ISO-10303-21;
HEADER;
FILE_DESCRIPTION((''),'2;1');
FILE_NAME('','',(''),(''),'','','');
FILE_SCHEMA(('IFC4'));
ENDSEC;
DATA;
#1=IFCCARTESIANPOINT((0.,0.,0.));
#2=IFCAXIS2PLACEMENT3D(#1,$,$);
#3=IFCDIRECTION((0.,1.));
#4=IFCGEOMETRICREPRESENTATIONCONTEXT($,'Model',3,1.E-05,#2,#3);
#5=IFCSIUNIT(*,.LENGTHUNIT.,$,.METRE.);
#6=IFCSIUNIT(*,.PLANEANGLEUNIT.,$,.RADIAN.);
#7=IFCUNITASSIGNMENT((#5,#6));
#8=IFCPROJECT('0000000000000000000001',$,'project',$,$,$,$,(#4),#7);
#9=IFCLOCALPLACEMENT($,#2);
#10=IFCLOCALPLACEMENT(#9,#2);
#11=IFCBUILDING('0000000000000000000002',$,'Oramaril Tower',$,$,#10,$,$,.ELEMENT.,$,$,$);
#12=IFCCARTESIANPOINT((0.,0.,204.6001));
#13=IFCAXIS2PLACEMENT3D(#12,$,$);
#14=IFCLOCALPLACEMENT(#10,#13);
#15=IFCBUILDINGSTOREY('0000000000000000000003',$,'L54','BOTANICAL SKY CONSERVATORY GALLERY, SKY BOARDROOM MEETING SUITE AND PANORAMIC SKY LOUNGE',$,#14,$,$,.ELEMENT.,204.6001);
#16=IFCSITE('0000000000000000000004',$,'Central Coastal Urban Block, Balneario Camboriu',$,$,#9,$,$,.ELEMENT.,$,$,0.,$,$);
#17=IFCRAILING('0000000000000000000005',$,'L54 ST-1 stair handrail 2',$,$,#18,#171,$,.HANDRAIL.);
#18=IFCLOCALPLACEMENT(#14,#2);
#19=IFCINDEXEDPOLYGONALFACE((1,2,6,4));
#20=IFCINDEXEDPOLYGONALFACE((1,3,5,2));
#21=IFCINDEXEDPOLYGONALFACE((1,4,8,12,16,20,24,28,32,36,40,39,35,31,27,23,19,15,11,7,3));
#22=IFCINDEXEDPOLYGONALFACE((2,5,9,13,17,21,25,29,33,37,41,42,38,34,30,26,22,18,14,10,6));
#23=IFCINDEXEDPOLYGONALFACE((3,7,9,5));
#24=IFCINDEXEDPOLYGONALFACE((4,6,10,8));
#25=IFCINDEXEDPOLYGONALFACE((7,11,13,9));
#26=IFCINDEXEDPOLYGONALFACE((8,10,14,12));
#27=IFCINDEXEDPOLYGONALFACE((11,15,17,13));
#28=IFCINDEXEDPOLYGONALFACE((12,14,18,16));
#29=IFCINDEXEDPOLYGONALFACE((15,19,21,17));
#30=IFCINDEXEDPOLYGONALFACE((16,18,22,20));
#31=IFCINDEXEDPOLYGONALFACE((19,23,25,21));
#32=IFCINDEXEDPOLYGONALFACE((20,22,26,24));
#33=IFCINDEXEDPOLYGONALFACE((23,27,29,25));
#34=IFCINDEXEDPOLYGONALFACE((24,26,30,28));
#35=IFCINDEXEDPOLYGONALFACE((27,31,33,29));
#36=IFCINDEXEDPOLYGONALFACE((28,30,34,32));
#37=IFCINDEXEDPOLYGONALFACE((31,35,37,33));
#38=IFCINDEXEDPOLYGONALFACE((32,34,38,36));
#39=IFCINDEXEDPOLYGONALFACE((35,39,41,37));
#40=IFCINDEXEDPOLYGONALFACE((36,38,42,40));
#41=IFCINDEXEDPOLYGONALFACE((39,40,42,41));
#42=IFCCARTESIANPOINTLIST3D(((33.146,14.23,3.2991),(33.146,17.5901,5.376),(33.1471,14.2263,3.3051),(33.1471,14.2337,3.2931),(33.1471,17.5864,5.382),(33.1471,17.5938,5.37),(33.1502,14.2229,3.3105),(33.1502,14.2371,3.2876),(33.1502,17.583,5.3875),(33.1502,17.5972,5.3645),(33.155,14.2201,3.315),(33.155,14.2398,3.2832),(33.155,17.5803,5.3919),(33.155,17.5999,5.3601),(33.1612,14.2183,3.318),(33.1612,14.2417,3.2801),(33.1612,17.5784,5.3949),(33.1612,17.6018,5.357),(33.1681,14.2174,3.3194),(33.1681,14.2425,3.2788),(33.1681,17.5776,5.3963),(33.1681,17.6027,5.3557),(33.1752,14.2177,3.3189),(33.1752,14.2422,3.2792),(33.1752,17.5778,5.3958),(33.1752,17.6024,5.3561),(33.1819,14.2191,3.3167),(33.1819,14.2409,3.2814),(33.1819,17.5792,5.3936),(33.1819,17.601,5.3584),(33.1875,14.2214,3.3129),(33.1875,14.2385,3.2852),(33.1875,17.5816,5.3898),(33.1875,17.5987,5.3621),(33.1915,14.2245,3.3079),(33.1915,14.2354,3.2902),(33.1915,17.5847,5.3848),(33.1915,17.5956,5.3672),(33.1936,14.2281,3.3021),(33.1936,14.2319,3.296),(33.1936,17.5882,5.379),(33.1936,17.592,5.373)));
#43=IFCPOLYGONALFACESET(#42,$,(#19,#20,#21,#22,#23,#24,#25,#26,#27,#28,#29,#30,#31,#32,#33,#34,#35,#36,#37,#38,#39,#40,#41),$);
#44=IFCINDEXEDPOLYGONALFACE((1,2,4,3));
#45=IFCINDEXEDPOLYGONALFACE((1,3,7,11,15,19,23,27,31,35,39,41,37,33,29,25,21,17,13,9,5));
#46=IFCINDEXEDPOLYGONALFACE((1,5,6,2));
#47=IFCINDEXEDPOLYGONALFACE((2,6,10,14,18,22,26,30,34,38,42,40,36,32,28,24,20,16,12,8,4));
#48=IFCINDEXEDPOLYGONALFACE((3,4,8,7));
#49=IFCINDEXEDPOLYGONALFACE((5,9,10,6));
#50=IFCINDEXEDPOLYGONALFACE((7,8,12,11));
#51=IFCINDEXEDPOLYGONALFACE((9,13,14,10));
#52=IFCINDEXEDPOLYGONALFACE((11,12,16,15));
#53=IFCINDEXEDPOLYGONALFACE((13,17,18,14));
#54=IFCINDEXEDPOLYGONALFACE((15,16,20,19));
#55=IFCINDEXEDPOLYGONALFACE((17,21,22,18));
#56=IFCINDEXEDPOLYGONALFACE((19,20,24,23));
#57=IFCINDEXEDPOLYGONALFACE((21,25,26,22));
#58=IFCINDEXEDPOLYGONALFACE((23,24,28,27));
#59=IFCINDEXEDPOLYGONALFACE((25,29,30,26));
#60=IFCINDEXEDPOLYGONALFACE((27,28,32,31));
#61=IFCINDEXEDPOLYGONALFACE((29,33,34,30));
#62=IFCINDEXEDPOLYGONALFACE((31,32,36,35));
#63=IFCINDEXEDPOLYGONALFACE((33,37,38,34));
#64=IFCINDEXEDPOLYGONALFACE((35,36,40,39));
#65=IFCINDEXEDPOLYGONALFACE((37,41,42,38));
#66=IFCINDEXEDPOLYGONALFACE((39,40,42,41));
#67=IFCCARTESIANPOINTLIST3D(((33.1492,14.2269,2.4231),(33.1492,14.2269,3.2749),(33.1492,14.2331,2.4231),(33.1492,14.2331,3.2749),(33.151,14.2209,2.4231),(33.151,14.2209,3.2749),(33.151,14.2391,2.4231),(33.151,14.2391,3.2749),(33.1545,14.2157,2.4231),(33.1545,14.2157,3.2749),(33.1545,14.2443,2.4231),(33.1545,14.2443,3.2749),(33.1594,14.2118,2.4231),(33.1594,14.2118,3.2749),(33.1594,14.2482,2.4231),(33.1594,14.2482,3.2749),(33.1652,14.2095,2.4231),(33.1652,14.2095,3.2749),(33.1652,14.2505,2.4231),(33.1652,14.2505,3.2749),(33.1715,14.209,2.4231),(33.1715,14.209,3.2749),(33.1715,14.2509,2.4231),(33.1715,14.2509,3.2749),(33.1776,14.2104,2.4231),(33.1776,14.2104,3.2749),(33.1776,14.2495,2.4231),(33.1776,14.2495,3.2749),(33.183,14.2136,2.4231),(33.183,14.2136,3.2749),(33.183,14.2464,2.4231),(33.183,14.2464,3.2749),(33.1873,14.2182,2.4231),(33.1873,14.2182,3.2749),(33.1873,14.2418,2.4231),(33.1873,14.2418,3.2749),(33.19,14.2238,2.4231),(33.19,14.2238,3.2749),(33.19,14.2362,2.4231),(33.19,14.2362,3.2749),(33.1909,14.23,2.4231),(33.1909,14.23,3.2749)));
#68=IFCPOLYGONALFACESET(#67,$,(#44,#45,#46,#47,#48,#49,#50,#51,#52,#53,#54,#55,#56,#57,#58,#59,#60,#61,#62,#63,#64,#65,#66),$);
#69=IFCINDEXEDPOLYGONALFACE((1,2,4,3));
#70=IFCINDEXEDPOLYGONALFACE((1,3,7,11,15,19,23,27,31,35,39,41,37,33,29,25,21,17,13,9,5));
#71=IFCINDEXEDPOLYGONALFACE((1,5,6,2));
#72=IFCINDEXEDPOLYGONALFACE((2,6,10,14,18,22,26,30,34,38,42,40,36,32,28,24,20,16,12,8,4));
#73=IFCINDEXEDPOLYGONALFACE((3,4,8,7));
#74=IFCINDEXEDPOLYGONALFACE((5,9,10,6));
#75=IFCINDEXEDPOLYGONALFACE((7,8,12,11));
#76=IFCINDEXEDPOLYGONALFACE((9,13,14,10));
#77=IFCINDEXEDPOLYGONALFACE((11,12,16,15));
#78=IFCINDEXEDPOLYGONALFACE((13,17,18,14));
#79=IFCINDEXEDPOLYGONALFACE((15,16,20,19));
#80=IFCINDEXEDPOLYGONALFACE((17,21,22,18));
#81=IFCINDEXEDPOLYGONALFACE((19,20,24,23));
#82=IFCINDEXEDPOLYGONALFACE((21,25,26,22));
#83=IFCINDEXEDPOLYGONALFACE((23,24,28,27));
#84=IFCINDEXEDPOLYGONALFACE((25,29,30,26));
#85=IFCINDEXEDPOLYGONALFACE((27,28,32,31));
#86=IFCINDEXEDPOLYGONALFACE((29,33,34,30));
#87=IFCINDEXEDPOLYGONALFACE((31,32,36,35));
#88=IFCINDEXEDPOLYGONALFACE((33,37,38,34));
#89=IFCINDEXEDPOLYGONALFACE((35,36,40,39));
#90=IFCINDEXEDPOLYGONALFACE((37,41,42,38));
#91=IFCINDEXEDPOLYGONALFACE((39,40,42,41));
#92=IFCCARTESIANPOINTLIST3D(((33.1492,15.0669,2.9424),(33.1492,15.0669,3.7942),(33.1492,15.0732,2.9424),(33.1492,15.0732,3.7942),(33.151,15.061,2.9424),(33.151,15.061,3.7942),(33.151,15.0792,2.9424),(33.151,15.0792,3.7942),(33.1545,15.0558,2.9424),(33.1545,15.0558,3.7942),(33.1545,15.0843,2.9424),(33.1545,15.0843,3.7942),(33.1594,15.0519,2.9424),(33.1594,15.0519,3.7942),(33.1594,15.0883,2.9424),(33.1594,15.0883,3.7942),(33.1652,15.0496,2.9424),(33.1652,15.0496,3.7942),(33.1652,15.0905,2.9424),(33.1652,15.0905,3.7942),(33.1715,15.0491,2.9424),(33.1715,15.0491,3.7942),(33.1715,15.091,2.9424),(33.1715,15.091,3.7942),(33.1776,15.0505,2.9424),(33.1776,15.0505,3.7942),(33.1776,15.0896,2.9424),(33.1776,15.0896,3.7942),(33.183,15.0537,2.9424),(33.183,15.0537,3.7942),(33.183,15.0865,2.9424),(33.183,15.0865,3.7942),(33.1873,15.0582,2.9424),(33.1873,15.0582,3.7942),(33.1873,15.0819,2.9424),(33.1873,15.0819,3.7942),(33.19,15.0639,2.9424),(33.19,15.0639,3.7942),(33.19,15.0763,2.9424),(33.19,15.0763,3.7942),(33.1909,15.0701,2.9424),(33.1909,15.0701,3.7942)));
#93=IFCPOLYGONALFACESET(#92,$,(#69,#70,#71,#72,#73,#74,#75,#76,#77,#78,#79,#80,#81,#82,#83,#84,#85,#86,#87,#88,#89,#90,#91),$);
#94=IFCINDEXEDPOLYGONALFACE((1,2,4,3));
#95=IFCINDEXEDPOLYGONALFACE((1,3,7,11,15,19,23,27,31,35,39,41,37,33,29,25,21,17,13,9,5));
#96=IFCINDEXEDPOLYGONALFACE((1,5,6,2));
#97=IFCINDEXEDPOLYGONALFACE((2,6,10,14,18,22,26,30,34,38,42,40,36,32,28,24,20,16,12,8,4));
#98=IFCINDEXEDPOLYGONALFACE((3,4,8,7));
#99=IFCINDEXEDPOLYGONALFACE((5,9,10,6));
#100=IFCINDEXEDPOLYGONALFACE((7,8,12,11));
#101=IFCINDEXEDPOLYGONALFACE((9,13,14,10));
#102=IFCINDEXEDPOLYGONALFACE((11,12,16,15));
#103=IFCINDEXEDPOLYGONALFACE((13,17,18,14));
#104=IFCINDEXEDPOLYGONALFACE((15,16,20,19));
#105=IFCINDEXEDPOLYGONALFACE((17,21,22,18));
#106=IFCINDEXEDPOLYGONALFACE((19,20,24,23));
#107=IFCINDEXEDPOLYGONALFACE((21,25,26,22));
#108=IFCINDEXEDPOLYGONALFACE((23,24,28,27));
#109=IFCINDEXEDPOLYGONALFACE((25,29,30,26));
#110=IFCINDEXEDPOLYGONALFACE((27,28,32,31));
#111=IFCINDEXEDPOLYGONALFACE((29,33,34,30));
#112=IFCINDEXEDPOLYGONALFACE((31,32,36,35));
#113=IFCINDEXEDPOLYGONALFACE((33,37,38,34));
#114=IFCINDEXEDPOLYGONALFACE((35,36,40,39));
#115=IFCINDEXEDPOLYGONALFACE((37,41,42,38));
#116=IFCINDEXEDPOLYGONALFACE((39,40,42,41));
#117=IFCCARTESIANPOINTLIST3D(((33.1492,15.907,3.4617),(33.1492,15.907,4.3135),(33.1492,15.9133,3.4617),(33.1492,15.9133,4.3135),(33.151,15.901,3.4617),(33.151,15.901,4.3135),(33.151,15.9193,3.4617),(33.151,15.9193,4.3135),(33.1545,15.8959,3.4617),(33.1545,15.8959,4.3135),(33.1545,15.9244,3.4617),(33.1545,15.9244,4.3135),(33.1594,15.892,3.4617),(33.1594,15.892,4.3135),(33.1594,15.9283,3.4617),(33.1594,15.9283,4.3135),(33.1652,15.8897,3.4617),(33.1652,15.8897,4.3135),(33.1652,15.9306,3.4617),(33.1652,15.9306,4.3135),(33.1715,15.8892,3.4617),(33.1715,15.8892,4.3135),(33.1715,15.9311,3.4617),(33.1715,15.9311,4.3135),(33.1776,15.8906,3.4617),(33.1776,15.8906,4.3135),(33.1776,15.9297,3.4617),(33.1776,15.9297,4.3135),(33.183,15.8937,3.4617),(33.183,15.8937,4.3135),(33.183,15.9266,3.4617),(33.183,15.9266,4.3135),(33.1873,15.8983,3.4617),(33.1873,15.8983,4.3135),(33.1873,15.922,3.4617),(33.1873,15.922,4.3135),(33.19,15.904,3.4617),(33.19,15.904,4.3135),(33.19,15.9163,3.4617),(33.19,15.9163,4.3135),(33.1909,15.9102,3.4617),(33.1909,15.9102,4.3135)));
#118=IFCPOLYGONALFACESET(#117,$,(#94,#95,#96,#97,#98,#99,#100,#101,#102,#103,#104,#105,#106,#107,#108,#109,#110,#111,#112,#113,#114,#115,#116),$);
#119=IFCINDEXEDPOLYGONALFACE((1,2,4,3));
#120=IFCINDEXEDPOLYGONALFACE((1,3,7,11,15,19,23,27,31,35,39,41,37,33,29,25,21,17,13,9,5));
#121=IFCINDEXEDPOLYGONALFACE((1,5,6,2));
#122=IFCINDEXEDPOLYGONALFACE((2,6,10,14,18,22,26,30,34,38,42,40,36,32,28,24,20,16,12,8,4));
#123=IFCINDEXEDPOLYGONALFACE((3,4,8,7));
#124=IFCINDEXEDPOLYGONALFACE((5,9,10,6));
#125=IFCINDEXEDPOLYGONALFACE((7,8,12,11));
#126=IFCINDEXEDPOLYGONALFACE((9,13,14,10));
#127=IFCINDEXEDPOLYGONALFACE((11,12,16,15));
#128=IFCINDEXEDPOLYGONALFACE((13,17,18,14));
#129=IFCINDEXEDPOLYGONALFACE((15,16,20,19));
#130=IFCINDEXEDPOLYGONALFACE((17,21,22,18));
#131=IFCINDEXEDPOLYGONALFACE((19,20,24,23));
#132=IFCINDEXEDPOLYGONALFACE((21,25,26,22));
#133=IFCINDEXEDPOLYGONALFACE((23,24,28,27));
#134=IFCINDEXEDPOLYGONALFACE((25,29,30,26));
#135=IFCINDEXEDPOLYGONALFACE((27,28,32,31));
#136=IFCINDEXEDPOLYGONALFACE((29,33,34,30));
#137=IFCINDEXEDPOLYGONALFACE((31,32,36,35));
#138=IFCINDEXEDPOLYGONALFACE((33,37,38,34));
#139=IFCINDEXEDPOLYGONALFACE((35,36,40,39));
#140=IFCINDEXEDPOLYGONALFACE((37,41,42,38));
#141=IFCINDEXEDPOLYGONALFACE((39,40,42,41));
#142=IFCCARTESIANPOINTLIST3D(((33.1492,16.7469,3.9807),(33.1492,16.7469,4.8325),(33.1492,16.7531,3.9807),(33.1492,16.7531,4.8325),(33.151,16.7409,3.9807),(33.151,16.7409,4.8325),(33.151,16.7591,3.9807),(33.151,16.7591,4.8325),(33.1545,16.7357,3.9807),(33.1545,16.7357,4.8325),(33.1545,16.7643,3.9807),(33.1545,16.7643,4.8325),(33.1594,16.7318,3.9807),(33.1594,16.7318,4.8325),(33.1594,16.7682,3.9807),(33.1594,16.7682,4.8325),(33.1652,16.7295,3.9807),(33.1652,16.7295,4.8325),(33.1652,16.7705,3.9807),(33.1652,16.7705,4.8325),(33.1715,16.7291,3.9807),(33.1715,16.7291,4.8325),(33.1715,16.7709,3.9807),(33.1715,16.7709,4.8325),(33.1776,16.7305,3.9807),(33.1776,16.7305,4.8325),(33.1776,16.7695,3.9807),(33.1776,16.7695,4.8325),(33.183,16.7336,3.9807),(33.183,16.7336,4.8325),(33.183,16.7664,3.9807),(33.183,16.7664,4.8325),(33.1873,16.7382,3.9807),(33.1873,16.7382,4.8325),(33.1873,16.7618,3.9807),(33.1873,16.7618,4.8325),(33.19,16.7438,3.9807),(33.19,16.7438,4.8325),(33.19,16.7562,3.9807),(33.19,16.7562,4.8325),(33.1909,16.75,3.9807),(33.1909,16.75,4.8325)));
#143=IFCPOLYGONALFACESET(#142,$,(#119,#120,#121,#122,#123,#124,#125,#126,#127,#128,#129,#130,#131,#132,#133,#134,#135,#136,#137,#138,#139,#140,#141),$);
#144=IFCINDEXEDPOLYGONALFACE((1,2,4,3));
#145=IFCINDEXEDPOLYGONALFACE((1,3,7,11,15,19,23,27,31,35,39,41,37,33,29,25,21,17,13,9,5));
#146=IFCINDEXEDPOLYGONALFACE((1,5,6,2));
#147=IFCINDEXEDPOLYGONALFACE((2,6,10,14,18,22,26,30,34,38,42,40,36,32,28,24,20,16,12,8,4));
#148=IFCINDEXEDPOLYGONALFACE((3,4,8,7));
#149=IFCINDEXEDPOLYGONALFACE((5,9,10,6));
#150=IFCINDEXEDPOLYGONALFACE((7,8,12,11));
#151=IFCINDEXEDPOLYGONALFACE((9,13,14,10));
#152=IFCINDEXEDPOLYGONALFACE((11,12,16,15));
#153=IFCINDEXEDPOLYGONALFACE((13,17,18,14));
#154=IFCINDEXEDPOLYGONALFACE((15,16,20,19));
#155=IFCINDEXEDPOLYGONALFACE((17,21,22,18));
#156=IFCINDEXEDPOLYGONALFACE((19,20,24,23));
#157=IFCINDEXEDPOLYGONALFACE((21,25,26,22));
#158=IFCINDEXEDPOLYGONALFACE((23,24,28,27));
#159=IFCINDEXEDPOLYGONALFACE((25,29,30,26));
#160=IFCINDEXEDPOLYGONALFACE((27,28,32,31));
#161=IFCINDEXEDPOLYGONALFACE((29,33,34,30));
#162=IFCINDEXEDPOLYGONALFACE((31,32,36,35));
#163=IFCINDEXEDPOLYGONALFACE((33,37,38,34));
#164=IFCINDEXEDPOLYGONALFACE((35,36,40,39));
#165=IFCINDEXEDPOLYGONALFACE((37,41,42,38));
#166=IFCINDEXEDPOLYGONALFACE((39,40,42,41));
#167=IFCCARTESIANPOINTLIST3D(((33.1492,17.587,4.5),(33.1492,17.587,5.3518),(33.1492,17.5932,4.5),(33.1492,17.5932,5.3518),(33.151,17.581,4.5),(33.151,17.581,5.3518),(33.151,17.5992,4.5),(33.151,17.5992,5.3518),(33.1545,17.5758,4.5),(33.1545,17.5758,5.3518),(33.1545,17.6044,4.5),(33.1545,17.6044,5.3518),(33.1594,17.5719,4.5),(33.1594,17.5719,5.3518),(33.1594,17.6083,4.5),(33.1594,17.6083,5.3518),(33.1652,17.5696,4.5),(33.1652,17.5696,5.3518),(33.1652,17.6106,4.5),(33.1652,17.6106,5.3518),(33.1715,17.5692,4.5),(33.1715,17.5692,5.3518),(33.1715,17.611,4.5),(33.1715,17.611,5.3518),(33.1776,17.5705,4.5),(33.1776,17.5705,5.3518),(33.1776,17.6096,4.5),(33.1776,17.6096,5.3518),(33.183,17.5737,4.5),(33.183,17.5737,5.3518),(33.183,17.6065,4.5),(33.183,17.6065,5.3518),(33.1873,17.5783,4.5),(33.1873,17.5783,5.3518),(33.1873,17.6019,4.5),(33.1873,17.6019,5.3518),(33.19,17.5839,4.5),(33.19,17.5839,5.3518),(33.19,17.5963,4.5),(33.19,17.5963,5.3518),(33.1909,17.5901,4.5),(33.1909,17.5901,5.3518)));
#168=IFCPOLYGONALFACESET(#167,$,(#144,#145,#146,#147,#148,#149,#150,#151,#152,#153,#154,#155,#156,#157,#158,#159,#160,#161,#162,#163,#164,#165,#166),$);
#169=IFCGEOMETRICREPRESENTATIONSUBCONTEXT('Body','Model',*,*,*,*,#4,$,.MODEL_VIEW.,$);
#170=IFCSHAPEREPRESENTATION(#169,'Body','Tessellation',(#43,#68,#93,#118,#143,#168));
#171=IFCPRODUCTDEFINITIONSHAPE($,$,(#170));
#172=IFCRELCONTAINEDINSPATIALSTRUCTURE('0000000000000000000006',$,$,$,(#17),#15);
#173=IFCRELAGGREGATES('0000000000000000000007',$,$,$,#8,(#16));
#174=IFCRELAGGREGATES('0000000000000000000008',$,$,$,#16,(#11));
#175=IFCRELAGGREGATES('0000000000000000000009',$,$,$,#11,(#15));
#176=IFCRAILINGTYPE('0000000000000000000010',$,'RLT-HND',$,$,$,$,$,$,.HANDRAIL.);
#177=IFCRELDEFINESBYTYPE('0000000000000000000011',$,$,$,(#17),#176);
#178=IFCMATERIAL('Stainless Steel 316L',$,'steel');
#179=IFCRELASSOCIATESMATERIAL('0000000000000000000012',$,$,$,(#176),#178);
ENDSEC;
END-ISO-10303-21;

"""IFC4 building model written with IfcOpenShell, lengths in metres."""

from ifc_helpers import new_model, si_unit, direction, frame, origin, origin_2d, place, context, subcontext, project, spatial, circle, extrude, material, type_object, element, save


model = new_model("IFC4")

# Units and contexts
model_context = context("Model", 3, precision=1e-05, world=origin(), true_north=direction((0.0, 1.0)))
body_context = subcontext(model_context, "Body", "Model", "MODEL_VIEW")
ifc_project = project(units=[si_unit("LENGTHUNIT", "METRE"), si_unit("PLANEANGLEUNIT", "RADIAN")], contexts=[model_context])

# Site, building, storey
site_placement = place(None, origin())
site = spatial("IfcSite", under=ifc_project, at=site_placement, Name="Central Coastal Urban Block, Balneario Camboriu", CompositionType="ELEMENT", RefElevation=0.0)
building_placement = place(site_placement, origin())
building = spatial("IfcBuilding", under=site, at=building_placement, Name="Oramaril Tower", CompositionType="ELEMENT")
storey_placement = place(building_placement, frame((0.0, 0.0, 204.6001)))
storey = spatial("IfcBuildingStorey", under=building, at=storey_placement, Name="L54", Description="BOTANICAL SKY CONSERVATORY GALLERY, SKY BOARDROOM MEETING SUITE AND PANORAMIC SKY LOUNGE", CompositionType="ELEMENT", Elevation=204.6001)

# Railing
ifc_material_1 = material(Name="Stainless Steel 316L", Category="steel")
railing_type_1 = type_object("IfcRailingType", Name="RLT-HND", PredefinedType="HANDRAIL", material=ifc_material_1)
railing_1_placement = place(storey_placement, frame((33.1699, 14.23, 2.4231)))
element("IfcRailing", 1, at=railing_1_placement, inside=storey, type_object=railing_type_1, Name="L54 ST-1 stair handrail 2", PredefinedType="HANDRAIL", context=body_context, shape_type="SweptSolid", body=[
    extrude(circle(Radius=0.0239, at=origin_2d()), frame((0.0, 0.0, 0.876), z_axis=(0.0, 0.850623, 0.525776), x_axis=(-1.0, 0.0, 0.0)), (0.0, 0.0, 1.0), 3.9502),
    extrude(circle(Radius=0.021, at=origin_2d()), origin(), (0.0, 0.0, 1.0), 0.8518),
    extrude(circle(Radius=0.021, at=origin_2d()), frame((0.0, 0.8401, 0.5193)), (0.0, 0.0, 1.0), 0.8518),
    extrude(circle(Radius=0.021, at=origin_2d()), frame((0.0, 1.6802, 1.0386)), (0.0, 0.0, 1.0), 0.8518),
    extrude(circle(Radius=0.021, at=origin_2d()), frame((0.0, 2.52, 1.5576)), (0.0, 0.0, 1.0), 0.8518),
    extrude(circle(Radius=0.021, at=origin_2d()), frame((0.0, 3.3601, 2.0769)), (0.0, 0.0, 1.0), 0.8518),
])

save(model, "model.ifc")
